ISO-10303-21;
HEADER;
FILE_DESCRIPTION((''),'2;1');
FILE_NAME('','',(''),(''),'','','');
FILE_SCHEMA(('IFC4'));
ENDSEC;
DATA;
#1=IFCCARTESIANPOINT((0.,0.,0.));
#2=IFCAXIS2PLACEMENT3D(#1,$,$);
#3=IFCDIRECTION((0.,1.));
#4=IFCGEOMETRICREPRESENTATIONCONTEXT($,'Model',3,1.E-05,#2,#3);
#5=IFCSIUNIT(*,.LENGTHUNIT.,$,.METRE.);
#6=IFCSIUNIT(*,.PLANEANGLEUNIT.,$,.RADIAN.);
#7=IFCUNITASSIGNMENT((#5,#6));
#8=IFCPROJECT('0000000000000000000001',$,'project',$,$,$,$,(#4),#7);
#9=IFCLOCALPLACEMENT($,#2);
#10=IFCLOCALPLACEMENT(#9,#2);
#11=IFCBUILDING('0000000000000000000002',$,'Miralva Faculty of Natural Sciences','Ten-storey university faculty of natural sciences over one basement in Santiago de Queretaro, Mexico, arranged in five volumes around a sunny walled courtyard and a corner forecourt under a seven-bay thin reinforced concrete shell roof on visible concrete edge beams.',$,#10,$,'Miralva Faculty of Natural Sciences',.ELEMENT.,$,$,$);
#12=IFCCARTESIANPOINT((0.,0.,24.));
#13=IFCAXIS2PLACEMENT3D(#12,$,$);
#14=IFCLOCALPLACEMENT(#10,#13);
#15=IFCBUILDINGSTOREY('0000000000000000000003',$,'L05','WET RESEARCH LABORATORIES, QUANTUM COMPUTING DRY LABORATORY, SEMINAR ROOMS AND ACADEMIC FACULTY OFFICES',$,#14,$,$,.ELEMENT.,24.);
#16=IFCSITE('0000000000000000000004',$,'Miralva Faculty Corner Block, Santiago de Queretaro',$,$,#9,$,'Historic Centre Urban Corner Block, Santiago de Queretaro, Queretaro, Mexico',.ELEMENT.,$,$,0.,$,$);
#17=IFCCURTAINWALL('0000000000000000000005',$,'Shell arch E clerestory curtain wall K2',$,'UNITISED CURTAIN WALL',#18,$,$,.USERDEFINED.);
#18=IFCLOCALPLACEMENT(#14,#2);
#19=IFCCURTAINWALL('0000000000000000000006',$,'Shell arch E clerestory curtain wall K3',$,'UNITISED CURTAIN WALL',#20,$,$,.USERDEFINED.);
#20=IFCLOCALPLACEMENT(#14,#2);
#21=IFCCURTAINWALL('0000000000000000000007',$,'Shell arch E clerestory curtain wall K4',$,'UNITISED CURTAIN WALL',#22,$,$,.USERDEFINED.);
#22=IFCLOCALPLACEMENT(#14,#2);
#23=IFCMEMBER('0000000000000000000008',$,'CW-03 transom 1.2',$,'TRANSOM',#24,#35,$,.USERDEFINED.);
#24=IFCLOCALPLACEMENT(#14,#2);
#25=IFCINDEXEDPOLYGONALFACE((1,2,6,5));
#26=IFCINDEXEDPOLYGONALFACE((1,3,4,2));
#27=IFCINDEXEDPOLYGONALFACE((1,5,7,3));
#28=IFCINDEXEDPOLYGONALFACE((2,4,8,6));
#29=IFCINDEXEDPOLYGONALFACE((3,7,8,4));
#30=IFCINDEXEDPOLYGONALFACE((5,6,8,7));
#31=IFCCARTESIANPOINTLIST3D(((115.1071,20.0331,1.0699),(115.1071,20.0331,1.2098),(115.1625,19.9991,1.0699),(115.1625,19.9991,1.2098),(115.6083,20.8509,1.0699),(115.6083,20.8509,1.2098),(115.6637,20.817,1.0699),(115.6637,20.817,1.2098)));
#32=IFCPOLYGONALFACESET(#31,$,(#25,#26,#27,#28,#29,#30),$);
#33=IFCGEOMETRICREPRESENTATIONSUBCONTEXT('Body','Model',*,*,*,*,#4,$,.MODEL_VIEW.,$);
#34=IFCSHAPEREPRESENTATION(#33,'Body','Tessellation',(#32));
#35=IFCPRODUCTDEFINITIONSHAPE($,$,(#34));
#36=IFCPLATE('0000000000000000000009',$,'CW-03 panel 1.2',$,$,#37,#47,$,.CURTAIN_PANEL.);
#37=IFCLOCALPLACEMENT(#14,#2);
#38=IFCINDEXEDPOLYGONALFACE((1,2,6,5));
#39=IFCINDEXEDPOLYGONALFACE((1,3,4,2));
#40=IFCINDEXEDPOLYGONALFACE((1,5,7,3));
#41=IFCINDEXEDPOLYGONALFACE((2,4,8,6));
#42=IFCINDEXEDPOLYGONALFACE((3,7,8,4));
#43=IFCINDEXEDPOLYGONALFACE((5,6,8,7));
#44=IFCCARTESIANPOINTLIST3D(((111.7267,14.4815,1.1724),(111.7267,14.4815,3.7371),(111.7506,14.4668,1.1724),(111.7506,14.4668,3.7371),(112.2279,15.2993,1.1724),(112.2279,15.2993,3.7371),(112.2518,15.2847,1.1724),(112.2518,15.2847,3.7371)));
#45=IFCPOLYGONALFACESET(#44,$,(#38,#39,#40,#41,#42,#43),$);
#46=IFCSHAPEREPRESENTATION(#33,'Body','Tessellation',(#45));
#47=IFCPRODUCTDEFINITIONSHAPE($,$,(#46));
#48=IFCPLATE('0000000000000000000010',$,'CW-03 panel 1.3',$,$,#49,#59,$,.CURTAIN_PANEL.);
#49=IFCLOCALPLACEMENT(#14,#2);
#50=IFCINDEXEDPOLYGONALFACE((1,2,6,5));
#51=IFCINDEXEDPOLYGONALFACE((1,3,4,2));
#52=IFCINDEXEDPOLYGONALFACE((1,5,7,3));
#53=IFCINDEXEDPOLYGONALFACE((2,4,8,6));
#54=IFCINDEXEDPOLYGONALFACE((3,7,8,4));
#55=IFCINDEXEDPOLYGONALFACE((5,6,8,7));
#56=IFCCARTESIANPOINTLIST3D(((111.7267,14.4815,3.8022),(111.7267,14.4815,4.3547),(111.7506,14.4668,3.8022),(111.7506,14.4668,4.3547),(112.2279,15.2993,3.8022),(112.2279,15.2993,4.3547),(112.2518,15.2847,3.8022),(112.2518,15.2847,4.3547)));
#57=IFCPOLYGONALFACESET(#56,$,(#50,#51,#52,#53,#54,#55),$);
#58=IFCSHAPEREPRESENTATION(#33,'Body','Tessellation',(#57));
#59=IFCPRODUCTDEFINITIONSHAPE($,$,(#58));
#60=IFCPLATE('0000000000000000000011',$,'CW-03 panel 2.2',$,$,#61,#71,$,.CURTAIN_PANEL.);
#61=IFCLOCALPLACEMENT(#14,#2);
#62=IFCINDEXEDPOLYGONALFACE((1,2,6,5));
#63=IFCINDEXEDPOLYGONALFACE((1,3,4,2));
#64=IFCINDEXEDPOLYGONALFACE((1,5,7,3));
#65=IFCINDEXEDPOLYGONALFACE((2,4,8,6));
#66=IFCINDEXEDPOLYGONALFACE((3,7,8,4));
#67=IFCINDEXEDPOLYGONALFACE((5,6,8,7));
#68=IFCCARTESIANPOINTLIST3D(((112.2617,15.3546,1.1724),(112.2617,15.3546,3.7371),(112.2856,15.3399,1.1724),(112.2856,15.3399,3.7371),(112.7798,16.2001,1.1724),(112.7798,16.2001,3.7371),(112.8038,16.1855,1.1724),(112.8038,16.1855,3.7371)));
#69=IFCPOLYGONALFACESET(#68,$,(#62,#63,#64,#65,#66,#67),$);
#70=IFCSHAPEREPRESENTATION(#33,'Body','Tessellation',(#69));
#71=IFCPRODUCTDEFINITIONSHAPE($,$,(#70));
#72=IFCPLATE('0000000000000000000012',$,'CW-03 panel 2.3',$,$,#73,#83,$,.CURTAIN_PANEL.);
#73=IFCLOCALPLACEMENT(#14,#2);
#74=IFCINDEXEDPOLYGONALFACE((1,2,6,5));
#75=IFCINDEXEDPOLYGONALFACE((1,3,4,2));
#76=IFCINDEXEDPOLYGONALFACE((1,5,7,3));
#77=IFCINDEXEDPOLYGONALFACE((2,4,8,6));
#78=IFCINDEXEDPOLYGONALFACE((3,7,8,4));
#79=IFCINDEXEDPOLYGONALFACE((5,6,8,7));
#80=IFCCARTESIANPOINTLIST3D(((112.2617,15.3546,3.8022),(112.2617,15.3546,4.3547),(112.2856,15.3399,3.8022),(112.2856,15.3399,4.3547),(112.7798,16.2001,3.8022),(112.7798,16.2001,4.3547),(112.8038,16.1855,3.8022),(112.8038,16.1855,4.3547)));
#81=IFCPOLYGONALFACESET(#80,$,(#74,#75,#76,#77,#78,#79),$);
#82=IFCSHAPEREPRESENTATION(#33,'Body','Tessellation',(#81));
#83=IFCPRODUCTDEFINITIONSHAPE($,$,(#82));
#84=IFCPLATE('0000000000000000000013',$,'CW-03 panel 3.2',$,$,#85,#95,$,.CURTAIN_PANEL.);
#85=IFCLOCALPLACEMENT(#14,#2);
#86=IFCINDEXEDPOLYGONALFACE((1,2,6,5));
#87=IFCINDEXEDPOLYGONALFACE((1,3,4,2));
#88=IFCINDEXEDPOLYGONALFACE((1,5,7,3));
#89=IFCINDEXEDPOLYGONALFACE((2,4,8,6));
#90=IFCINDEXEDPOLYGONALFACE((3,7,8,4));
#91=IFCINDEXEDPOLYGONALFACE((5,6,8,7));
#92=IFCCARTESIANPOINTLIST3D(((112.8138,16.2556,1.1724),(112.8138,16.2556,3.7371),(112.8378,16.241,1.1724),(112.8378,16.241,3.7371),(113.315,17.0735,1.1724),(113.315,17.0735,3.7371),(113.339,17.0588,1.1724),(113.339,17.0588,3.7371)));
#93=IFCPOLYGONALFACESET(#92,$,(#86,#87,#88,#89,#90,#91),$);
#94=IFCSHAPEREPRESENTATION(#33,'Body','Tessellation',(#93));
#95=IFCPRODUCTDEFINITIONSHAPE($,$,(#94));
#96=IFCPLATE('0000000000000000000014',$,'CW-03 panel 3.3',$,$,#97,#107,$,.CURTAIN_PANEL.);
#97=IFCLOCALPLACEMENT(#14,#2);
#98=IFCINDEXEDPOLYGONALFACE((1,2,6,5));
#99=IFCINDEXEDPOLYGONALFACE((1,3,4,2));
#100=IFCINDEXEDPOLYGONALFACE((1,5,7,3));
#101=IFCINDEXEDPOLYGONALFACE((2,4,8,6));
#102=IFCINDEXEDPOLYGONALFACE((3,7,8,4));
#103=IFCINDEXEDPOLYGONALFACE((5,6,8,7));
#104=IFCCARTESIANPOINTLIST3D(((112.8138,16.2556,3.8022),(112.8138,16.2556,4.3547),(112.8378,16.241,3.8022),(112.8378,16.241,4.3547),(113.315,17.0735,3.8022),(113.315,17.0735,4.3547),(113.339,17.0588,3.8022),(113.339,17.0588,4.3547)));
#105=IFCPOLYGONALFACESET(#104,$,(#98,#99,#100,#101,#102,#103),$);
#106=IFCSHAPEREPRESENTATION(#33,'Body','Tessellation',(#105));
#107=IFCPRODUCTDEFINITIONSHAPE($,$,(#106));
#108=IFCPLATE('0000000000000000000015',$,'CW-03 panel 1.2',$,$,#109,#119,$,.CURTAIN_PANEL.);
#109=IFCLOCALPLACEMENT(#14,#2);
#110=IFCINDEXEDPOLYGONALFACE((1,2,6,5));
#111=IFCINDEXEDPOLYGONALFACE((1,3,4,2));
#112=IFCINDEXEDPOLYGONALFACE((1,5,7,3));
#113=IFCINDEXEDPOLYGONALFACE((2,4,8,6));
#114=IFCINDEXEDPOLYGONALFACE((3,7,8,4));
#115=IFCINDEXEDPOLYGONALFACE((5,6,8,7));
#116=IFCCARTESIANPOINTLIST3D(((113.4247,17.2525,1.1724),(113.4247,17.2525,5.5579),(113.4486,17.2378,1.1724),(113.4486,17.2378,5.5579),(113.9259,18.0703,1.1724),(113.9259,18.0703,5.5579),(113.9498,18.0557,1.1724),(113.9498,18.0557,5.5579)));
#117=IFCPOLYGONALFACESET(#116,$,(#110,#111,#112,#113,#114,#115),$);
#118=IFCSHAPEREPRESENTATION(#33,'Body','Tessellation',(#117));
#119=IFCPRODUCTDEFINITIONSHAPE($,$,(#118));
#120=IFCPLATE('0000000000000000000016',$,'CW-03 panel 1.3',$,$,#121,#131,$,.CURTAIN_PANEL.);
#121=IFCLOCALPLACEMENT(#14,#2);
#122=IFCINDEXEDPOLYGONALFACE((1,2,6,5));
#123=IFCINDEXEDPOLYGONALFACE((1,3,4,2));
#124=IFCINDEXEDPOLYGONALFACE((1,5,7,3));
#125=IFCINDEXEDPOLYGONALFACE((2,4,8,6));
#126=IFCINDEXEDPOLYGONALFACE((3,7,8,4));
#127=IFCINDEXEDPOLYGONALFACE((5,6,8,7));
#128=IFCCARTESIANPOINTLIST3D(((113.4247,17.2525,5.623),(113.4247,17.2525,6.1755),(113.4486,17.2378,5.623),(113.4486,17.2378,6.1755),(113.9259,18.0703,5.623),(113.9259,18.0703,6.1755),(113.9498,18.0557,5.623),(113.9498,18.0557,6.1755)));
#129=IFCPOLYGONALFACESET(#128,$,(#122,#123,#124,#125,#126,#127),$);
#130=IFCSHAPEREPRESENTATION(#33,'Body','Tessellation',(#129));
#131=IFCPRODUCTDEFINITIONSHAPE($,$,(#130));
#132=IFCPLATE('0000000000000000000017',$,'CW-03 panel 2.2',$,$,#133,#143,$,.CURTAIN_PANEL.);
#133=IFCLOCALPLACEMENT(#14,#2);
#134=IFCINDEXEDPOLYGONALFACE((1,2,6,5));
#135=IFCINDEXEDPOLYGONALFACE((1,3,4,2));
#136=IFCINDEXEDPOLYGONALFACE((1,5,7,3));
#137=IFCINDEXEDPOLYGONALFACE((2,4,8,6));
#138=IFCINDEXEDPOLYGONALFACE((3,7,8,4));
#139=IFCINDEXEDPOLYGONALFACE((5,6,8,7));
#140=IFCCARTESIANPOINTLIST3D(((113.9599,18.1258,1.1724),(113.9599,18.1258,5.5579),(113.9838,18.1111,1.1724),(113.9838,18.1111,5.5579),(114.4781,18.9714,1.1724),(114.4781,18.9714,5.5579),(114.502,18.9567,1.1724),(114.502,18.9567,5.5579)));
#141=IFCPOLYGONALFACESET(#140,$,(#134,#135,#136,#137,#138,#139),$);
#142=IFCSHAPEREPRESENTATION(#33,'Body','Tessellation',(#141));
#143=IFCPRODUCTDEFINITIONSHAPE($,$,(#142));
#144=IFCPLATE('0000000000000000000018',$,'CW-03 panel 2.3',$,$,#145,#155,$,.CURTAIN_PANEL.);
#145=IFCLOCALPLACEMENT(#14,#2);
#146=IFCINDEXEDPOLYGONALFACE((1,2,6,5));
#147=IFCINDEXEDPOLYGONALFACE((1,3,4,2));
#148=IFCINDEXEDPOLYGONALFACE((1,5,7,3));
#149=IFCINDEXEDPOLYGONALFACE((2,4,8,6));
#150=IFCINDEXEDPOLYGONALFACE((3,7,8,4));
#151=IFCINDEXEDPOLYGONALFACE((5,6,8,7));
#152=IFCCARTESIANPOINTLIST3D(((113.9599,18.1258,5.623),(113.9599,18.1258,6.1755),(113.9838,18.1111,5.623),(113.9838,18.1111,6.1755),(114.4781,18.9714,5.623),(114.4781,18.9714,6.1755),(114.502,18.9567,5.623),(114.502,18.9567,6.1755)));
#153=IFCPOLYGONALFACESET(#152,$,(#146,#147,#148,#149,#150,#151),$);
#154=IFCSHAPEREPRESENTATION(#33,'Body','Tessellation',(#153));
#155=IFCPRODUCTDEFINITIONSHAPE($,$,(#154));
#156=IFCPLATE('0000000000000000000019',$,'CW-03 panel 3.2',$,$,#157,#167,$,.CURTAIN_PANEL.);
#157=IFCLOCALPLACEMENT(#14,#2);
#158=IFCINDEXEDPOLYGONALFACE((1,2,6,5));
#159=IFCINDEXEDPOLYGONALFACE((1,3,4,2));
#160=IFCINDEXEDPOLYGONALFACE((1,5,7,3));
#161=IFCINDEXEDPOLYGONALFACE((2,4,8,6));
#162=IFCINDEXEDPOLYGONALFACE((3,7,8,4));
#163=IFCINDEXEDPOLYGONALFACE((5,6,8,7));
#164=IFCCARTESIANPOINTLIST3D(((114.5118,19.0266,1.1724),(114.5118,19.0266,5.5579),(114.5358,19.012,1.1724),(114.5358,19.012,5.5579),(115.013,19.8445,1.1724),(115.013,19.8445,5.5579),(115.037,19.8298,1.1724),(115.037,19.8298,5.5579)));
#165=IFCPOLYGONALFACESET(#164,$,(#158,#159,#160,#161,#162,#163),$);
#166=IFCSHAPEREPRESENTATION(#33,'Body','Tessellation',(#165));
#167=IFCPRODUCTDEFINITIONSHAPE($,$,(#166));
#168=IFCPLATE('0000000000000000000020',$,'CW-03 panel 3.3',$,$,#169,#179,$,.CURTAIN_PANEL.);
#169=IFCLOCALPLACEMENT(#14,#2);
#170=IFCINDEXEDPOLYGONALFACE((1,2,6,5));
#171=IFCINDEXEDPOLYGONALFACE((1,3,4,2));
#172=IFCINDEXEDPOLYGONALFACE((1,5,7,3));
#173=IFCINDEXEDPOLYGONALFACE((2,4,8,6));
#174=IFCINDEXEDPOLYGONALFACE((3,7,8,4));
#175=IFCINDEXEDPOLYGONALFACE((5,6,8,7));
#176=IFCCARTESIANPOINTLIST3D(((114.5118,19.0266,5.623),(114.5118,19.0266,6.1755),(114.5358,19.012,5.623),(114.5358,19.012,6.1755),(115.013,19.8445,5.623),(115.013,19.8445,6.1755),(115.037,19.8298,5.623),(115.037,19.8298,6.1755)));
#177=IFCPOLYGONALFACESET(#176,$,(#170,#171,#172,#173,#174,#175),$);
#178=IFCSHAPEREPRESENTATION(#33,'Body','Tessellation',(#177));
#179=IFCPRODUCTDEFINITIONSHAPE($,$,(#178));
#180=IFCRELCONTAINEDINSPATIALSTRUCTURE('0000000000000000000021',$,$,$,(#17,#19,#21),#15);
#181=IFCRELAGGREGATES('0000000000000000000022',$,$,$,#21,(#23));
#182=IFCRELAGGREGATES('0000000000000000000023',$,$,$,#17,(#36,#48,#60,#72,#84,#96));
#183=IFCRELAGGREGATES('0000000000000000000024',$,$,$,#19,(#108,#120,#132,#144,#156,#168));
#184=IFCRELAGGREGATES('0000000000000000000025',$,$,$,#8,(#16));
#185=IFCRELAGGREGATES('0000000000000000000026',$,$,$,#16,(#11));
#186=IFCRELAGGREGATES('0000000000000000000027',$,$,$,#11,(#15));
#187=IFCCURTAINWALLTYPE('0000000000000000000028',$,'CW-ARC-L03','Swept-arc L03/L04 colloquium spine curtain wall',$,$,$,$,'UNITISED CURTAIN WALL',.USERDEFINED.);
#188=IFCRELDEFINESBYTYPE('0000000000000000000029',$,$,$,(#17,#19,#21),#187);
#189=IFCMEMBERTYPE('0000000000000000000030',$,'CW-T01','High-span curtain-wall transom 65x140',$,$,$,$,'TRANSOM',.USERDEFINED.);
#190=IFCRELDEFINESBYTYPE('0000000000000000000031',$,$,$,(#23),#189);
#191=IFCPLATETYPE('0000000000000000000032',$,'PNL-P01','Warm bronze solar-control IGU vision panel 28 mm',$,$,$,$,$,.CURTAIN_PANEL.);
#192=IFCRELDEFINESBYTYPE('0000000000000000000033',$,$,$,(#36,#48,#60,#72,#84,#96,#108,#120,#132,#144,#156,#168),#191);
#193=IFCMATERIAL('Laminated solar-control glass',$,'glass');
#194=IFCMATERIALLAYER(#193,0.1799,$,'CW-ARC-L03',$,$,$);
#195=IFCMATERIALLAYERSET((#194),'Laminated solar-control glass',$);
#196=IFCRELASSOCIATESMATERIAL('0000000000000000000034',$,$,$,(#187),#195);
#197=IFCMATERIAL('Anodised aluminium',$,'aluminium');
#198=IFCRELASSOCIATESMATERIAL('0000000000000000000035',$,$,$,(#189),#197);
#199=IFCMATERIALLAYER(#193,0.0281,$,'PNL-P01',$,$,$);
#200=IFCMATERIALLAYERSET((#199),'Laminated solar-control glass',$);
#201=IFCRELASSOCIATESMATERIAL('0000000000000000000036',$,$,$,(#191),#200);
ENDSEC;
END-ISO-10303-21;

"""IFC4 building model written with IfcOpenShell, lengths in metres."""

from ifc_helpers import new_model, si_unit, direction, frame, origin, origin_2d, place, context, subcontext, project, spatial, rectangle, extrude, material, layer, layer_set, material_profile, profile_set, type_object, element, aggregate, save


model = new_model("IFC4")

# Units and contexts
model_context = context("Model", 3, precision=1e-05, world=origin(), true_north=direction((0.0, 1.0)))
body_context = subcontext(model_context, "Body", "Model", "MODEL_VIEW")
ifc_project = project(units=[si_unit("LENGTHUNIT", "METRE"), si_unit("PLANEANGLEUNIT", "RADIAN")], contexts=[model_context])

# Site, building, storey
site_placement = place(None, origin())
site = spatial("IfcSite", under=ifc_project, at=site_placement, Name="Miralva Faculty Corner Block, Santiago de Queretaro", LongName="Historic Centre Urban Corner Block, Santiago de Queretaro, Queretaro, Mexico", CompositionType="ELEMENT", RefElevation=0.0)
building_placement = place(site_placement, origin())
building = spatial("IfcBuilding", under=site, at=building_placement, Name="Miralva Faculty of Natural Sciences", Description="Ten-storey university faculty of natural sciences over one basement in Santiago de Queretaro, Mexico, arranged in five volumes around a sunny walled courtyard and a corner forecourt under a seven-bay thin reinforced concrete shell roof on visible concrete edge beams.", LongName="Miralva Faculty of Natural Sciences", CompositionType="ELEMENT")
storey_placement = place(building_placement, frame((0.0, 0.0, 24.0)))
storey = spatial("IfcBuildingStorey", under=building, at=storey_placement, Name="L05", Description="WET RESEARCH LABORATORIES, QUANTUM COMPUTING DRY LABORATORY, SEMINAR ROOMS AND ACADEMIC FACULTY OFFICES", CompositionType="ELEMENT", Elevation=24.0)

# Curtain walls
ifc_material_1 = material(Name="Laminated solar-control glass", Category="glass")
ifc_layer_1 = layer(ifc_material_1, 0.1799, Name="CW-ARC-L03")
ifc_layer_set_1 = layer_set([ifc_layer_1], Name="Laminated solar-control glass")
curtain_wall_type = type_object("IfcCurtainWallType", Name="CW-ARC-L03", Description="Swept-arc L03/L04 colloquium spine curtain wall", ElementType="UNITISED CURTAIN WALL", PredefinedType="USERDEFINED", material=ifc_layer_set_1)
curtain_wall_1_placement = place(storey_placement, origin())
curtain_wall_1 = element("IfcCurtainWall", 1, at=curtain_wall_1_placement, inside=storey, type_object=curtain_wall_type, Name="Shell arch E clerestory curtain wall K2", ObjectType="UNITISED CURTAIN WALL", PredefinedType="USERDEFINED")
ifc_material_2 = material(Name="Anodised aluminium", Category="aluminium")
ifc_material_profile = material_profile(ifc_material_2, rectangle(XDim=0.0649, YDim=0.1399, at=origin_2d()), Name="TRANSOM 65x140")
ifc_profile_set = profile_set([ifc_material_profile], Name="Anodised aluminium")
member_type = type_object("IfcMemberType", Name="CW-T01", Description="High-span curtain-wall transom 65x140", ElementType="TRANSOM", PredefinedType="USERDEFINED", material=ifc_profile_set)
curtain_wall_2_placement = place(storey_placement, origin())
curtain_wall_2 = element("IfcCurtainWall", 2, at=curtain_wall_2_placement, inside=storey, type_object=curtain_wall_type, Name="Shell arch E clerestory curtain wall K3", ObjectType="UNITISED CURTAIN WALL", PredefinedType="USERDEFINED")

# Curtain wall, member
curtain_wall_3_placement = place(storey_placement, origin())
curtain_wall_3 = element("IfcCurtainWall", 3, at=curtain_wall_3_placement, inside=storey, type_object=curtain_wall_type, Name="Shell arch E clerestory curtain wall K4", ObjectType="UNITISED CURTAIN WALL", PredefinedType="USERDEFINED")
member_1_placement = place(storey_placement, frame((115.1348, 20.0161, 1.1399), z_axis=(0.52252, 0.852627, 0.0), x_axis=(-0.852627, 0.52252, 0.0)))
member_1 = element("IfcMember", 4, at=member_1_placement, type_object=member_type, Name="CW-03 transom 1.2", ObjectType="TRANSOM", PredefinedType="USERDEFINED", context=body_context, shape_type="SweptSolid", body=[
    extrude(rectangle(XDim=0.0649, YDim=0.1399, at=origin_2d()), origin(), (0.0, 0.0, 1.0), 0.9592),
])
aggregate(curtain_wall_3, [member_1])

# Plates
ifc_layer_2 = layer(ifc_material_1, 0.0281, Name="PNL-P01")
ifc_layer_set_2 = layer_set([ifc_layer_2], Name="Laminated solar-control glass")
plate_type = type_object("IfcPlateType", Name="PNL-P01", Description="Warm bronze solar-control IGU vision panel 28 mm", PredefinedType="CURTAIN_PANEL", material=ifc_layer_set_2)
plate_1_placement = place(storey_placement, frame((111.9893, 14.8831, 1.1724), z_axis=(0.0, 0.0, 1.0), x_axis=(0.522504, 0.852637, 0.0)))
plate_1 = element("IfcPlate", 5, at=plate_1_placement, type_object=plate_type, Name="CW-03 panel 1.2", PredefinedType="CURTAIN_PANEL", context=body_context, shape_type="SweptSolid", body=[
    extrude(rectangle(XDim=0.9592, YDim=0.0281, at=origin_2d()), origin(), (0.0, 0.0, 1.0), 2.5647),
])
plate_2_placement = place(storey_placement, frame((111.9893, 14.8831, 3.8022), z_axis=(0.0, 0.0, 1.0), x_axis=(0.522504, 0.852637, 0.0)))
plate_2 = element("IfcPlate", 6, at=plate_2_placement, type_object=plate_type, Name="CW-03 panel 1.3", PredefinedType="CURTAIN_PANEL", context=body_context, shape_type="SweptSolid", body=[
    extrude(rectangle(XDim=0.9592, YDim=0.0281, at=origin_2d()), origin(), (0.0, 0.0, 1.0), 0.5525),
])
plate_3_placement = place(storey_placement, frame((112.5327, 15.77, 1.1724), z_axis=(0.0, 0.0, 1.0), x_axis=(0.522504, 0.852637, 0.0)))
plate_3 = element("IfcPlate", 7, at=plate_3_placement, type_object=plate_type, Name="CW-03 panel 2.2", PredefinedType="CURTAIN_PANEL", context=body_context, shape_type="SweptSolid", body=[
    extrude(rectangle(XDim=0.9917, YDim=0.0281, at=origin_2d()), origin(), (0.0, 0.0, 1.0), 2.5647),
])
plate_4_placement = place(storey_placement, frame((112.5327, 15.77, 3.8022), z_axis=(0.0, 0.0, 1.0), x_axis=(0.522504, 0.852637, 0.0)))
plate_4 = element("IfcPlate", 8, at=plate_4_placement, type_object=plate_type, Name="CW-03 panel 2.3", PredefinedType="CURTAIN_PANEL", context=body_context, shape_type="SweptSolid", body=[
    extrude(rectangle(XDim=0.9917, YDim=0.0281, at=origin_2d()), origin(), (0.0, 0.0, 1.0), 0.5525),
])
plate_5_placement = place(storey_placement, frame((113.0764, 16.6572, 1.1724), z_axis=(0.0, 0.0, 1.0), x_axis=(0.522504, 0.852637, 0.0)))
plate_5 = element("IfcPlate", 9, at=plate_5_placement, type_object=plate_type, Name="CW-03 panel 3.2", PredefinedType="CURTAIN_PANEL", context=body_context, shape_type="SweptSolid", body=[
    extrude(rectangle(XDim=0.9592, YDim=0.0281, at=origin_2d()), origin(), (0.0, 0.0, 1.0), 2.5647),
])
plate_6_placement = place(storey_placement, frame((113.0764, 16.6572, 3.8022), z_axis=(0.0, 0.0, 1.0), x_axis=(0.522504, 0.852637, 0.0)))
plate_6 = element("IfcPlate", 10, at=plate_6_placement, type_object=plate_type, Name="CW-03 panel 3.3", PredefinedType="CURTAIN_PANEL", context=body_context, shape_type="SweptSolid", body=[
    extrude(rectangle(XDim=0.9592, YDim=0.0281, at=origin_2d()), origin(), (0.0, 0.0, 1.0), 0.5525),
])
aggregate(curtain_wall_1, [plate_1, plate_2, plate_3, plate_4, plate_5, plate_6])
plate_7_placement = place(storey_placement, frame((113.6873, 17.6541, 1.1724), z_axis=(0.0, 0.0, 1.0), x_axis=(0.522504, 0.852637, 0.0)))
plate_7 = element("IfcPlate", 11, at=plate_7_placement, type_object=plate_type, Name="CW-03 panel 1.2", PredefinedType="CURTAIN_PANEL", context=body_context, shape_type="SweptSolid", body=[
    extrude(rectangle(XDim=0.9592, YDim=0.0281, at=origin_2d()), origin(), (0.0, 0.0, 1.0), 4.3855),
])
plate_8_placement = place(storey_placement, frame((113.6873, 17.6541, 5.623), z_axis=(0.0, 0.0, 1.0), x_axis=(0.522504, 0.852637, 0.0)))
plate_8 = element("IfcPlate", 12, at=plate_8_placement, type_object=plate_type, Name="CW-03 panel 1.3", PredefinedType="CURTAIN_PANEL", context=body_context, shape_type="SweptSolid", body=[
    extrude(rectangle(XDim=0.9592, YDim=0.0281, at=origin_2d()), origin(), (0.0, 0.0, 1.0), 0.5525),
])
plate_9_placement = place(storey_placement, frame((114.231, 18.5413, 1.1724), z_axis=(0.0, 0.0, 1.0), x_axis=(0.522504, 0.852637, 0.0)))
plate_9 = element("IfcPlate", 13, at=plate_9_placement, type_object=plate_type, Name="CW-03 panel 2.2", PredefinedType="CURTAIN_PANEL", context=body_context, shape_type="SweptSolid", body=[
    extrude(rectangle(XDim=0.9917, YDim=0.0281, at=origin_2d()), origin(), (0.0, 0.0, 1.0), 4.3855),
])
plate_10_placement = place(storey_placement, frame((114.231, 18.5413, 5.623), z_axis=(0.0, 0.0, 1.0), x_axis=(0.522504, 0.852637, 0.0)))
plate_10 = element("IfcPlate", 14, at=plate_10_placement, type_object=plate_type, Name="CW-03 panel 2.3", PredefinedType="CURTAIN_PANEL", context=body_context, shape_type="SweptSolid", body=[
    extrude(rectangle(XDim=0.9917, YDim=0.0281, at=origin_2d()), origin(), (0.0, 0.0, 1.0), 0.5525),
])
plate_11_placement = place(storey_placement, frame((114.7744, 19.4282, 1.1724), z_axis=(0.0, 0.0, 1.0), x_axis=(0.522504, 0.852637, 0.0)))
plate_11 = element("IfcPlate", 15, at=plate_11_placement, type_object=plate_type, Name="CW-03 panel 3.2", PredefinedType="CURTAIN_PANEL", context=body_context, shape_type="SweptSolid", body=[
    extrude(rectangle(XDim=0.9592, YDim=0.0281, at=origin_2d()), origin(), (0.0, 0.0, 1.0), 4.3855),
])
plate_12_placement = place(storey_placement, frame((114.7744, 19.4282, 5.623), z_axis=(0.0, 0.0, 1.0), x_axis=(0.522504, 0.852637, 0.0)))
plate_12 = element("IfcPlate", 16, at=plate_12_placement, type_object=plate_type, Name="CW-03 panel 3.3", PredefinedType="CURTAIN_PANEL", context=body_context, shape_type="SweptSolid", body=[
    extrude(rectangle(XDim=0.9592, YDim=0.0281, at=origin_2d()), origin(), (0.0, 0.0, 1.0), 0.5525),
])
aggregate(curtain_wall_2, [plate_7, plate_8, plate_9, plate_10, plate_11, plate_12])

save(model, "model.ifc")
